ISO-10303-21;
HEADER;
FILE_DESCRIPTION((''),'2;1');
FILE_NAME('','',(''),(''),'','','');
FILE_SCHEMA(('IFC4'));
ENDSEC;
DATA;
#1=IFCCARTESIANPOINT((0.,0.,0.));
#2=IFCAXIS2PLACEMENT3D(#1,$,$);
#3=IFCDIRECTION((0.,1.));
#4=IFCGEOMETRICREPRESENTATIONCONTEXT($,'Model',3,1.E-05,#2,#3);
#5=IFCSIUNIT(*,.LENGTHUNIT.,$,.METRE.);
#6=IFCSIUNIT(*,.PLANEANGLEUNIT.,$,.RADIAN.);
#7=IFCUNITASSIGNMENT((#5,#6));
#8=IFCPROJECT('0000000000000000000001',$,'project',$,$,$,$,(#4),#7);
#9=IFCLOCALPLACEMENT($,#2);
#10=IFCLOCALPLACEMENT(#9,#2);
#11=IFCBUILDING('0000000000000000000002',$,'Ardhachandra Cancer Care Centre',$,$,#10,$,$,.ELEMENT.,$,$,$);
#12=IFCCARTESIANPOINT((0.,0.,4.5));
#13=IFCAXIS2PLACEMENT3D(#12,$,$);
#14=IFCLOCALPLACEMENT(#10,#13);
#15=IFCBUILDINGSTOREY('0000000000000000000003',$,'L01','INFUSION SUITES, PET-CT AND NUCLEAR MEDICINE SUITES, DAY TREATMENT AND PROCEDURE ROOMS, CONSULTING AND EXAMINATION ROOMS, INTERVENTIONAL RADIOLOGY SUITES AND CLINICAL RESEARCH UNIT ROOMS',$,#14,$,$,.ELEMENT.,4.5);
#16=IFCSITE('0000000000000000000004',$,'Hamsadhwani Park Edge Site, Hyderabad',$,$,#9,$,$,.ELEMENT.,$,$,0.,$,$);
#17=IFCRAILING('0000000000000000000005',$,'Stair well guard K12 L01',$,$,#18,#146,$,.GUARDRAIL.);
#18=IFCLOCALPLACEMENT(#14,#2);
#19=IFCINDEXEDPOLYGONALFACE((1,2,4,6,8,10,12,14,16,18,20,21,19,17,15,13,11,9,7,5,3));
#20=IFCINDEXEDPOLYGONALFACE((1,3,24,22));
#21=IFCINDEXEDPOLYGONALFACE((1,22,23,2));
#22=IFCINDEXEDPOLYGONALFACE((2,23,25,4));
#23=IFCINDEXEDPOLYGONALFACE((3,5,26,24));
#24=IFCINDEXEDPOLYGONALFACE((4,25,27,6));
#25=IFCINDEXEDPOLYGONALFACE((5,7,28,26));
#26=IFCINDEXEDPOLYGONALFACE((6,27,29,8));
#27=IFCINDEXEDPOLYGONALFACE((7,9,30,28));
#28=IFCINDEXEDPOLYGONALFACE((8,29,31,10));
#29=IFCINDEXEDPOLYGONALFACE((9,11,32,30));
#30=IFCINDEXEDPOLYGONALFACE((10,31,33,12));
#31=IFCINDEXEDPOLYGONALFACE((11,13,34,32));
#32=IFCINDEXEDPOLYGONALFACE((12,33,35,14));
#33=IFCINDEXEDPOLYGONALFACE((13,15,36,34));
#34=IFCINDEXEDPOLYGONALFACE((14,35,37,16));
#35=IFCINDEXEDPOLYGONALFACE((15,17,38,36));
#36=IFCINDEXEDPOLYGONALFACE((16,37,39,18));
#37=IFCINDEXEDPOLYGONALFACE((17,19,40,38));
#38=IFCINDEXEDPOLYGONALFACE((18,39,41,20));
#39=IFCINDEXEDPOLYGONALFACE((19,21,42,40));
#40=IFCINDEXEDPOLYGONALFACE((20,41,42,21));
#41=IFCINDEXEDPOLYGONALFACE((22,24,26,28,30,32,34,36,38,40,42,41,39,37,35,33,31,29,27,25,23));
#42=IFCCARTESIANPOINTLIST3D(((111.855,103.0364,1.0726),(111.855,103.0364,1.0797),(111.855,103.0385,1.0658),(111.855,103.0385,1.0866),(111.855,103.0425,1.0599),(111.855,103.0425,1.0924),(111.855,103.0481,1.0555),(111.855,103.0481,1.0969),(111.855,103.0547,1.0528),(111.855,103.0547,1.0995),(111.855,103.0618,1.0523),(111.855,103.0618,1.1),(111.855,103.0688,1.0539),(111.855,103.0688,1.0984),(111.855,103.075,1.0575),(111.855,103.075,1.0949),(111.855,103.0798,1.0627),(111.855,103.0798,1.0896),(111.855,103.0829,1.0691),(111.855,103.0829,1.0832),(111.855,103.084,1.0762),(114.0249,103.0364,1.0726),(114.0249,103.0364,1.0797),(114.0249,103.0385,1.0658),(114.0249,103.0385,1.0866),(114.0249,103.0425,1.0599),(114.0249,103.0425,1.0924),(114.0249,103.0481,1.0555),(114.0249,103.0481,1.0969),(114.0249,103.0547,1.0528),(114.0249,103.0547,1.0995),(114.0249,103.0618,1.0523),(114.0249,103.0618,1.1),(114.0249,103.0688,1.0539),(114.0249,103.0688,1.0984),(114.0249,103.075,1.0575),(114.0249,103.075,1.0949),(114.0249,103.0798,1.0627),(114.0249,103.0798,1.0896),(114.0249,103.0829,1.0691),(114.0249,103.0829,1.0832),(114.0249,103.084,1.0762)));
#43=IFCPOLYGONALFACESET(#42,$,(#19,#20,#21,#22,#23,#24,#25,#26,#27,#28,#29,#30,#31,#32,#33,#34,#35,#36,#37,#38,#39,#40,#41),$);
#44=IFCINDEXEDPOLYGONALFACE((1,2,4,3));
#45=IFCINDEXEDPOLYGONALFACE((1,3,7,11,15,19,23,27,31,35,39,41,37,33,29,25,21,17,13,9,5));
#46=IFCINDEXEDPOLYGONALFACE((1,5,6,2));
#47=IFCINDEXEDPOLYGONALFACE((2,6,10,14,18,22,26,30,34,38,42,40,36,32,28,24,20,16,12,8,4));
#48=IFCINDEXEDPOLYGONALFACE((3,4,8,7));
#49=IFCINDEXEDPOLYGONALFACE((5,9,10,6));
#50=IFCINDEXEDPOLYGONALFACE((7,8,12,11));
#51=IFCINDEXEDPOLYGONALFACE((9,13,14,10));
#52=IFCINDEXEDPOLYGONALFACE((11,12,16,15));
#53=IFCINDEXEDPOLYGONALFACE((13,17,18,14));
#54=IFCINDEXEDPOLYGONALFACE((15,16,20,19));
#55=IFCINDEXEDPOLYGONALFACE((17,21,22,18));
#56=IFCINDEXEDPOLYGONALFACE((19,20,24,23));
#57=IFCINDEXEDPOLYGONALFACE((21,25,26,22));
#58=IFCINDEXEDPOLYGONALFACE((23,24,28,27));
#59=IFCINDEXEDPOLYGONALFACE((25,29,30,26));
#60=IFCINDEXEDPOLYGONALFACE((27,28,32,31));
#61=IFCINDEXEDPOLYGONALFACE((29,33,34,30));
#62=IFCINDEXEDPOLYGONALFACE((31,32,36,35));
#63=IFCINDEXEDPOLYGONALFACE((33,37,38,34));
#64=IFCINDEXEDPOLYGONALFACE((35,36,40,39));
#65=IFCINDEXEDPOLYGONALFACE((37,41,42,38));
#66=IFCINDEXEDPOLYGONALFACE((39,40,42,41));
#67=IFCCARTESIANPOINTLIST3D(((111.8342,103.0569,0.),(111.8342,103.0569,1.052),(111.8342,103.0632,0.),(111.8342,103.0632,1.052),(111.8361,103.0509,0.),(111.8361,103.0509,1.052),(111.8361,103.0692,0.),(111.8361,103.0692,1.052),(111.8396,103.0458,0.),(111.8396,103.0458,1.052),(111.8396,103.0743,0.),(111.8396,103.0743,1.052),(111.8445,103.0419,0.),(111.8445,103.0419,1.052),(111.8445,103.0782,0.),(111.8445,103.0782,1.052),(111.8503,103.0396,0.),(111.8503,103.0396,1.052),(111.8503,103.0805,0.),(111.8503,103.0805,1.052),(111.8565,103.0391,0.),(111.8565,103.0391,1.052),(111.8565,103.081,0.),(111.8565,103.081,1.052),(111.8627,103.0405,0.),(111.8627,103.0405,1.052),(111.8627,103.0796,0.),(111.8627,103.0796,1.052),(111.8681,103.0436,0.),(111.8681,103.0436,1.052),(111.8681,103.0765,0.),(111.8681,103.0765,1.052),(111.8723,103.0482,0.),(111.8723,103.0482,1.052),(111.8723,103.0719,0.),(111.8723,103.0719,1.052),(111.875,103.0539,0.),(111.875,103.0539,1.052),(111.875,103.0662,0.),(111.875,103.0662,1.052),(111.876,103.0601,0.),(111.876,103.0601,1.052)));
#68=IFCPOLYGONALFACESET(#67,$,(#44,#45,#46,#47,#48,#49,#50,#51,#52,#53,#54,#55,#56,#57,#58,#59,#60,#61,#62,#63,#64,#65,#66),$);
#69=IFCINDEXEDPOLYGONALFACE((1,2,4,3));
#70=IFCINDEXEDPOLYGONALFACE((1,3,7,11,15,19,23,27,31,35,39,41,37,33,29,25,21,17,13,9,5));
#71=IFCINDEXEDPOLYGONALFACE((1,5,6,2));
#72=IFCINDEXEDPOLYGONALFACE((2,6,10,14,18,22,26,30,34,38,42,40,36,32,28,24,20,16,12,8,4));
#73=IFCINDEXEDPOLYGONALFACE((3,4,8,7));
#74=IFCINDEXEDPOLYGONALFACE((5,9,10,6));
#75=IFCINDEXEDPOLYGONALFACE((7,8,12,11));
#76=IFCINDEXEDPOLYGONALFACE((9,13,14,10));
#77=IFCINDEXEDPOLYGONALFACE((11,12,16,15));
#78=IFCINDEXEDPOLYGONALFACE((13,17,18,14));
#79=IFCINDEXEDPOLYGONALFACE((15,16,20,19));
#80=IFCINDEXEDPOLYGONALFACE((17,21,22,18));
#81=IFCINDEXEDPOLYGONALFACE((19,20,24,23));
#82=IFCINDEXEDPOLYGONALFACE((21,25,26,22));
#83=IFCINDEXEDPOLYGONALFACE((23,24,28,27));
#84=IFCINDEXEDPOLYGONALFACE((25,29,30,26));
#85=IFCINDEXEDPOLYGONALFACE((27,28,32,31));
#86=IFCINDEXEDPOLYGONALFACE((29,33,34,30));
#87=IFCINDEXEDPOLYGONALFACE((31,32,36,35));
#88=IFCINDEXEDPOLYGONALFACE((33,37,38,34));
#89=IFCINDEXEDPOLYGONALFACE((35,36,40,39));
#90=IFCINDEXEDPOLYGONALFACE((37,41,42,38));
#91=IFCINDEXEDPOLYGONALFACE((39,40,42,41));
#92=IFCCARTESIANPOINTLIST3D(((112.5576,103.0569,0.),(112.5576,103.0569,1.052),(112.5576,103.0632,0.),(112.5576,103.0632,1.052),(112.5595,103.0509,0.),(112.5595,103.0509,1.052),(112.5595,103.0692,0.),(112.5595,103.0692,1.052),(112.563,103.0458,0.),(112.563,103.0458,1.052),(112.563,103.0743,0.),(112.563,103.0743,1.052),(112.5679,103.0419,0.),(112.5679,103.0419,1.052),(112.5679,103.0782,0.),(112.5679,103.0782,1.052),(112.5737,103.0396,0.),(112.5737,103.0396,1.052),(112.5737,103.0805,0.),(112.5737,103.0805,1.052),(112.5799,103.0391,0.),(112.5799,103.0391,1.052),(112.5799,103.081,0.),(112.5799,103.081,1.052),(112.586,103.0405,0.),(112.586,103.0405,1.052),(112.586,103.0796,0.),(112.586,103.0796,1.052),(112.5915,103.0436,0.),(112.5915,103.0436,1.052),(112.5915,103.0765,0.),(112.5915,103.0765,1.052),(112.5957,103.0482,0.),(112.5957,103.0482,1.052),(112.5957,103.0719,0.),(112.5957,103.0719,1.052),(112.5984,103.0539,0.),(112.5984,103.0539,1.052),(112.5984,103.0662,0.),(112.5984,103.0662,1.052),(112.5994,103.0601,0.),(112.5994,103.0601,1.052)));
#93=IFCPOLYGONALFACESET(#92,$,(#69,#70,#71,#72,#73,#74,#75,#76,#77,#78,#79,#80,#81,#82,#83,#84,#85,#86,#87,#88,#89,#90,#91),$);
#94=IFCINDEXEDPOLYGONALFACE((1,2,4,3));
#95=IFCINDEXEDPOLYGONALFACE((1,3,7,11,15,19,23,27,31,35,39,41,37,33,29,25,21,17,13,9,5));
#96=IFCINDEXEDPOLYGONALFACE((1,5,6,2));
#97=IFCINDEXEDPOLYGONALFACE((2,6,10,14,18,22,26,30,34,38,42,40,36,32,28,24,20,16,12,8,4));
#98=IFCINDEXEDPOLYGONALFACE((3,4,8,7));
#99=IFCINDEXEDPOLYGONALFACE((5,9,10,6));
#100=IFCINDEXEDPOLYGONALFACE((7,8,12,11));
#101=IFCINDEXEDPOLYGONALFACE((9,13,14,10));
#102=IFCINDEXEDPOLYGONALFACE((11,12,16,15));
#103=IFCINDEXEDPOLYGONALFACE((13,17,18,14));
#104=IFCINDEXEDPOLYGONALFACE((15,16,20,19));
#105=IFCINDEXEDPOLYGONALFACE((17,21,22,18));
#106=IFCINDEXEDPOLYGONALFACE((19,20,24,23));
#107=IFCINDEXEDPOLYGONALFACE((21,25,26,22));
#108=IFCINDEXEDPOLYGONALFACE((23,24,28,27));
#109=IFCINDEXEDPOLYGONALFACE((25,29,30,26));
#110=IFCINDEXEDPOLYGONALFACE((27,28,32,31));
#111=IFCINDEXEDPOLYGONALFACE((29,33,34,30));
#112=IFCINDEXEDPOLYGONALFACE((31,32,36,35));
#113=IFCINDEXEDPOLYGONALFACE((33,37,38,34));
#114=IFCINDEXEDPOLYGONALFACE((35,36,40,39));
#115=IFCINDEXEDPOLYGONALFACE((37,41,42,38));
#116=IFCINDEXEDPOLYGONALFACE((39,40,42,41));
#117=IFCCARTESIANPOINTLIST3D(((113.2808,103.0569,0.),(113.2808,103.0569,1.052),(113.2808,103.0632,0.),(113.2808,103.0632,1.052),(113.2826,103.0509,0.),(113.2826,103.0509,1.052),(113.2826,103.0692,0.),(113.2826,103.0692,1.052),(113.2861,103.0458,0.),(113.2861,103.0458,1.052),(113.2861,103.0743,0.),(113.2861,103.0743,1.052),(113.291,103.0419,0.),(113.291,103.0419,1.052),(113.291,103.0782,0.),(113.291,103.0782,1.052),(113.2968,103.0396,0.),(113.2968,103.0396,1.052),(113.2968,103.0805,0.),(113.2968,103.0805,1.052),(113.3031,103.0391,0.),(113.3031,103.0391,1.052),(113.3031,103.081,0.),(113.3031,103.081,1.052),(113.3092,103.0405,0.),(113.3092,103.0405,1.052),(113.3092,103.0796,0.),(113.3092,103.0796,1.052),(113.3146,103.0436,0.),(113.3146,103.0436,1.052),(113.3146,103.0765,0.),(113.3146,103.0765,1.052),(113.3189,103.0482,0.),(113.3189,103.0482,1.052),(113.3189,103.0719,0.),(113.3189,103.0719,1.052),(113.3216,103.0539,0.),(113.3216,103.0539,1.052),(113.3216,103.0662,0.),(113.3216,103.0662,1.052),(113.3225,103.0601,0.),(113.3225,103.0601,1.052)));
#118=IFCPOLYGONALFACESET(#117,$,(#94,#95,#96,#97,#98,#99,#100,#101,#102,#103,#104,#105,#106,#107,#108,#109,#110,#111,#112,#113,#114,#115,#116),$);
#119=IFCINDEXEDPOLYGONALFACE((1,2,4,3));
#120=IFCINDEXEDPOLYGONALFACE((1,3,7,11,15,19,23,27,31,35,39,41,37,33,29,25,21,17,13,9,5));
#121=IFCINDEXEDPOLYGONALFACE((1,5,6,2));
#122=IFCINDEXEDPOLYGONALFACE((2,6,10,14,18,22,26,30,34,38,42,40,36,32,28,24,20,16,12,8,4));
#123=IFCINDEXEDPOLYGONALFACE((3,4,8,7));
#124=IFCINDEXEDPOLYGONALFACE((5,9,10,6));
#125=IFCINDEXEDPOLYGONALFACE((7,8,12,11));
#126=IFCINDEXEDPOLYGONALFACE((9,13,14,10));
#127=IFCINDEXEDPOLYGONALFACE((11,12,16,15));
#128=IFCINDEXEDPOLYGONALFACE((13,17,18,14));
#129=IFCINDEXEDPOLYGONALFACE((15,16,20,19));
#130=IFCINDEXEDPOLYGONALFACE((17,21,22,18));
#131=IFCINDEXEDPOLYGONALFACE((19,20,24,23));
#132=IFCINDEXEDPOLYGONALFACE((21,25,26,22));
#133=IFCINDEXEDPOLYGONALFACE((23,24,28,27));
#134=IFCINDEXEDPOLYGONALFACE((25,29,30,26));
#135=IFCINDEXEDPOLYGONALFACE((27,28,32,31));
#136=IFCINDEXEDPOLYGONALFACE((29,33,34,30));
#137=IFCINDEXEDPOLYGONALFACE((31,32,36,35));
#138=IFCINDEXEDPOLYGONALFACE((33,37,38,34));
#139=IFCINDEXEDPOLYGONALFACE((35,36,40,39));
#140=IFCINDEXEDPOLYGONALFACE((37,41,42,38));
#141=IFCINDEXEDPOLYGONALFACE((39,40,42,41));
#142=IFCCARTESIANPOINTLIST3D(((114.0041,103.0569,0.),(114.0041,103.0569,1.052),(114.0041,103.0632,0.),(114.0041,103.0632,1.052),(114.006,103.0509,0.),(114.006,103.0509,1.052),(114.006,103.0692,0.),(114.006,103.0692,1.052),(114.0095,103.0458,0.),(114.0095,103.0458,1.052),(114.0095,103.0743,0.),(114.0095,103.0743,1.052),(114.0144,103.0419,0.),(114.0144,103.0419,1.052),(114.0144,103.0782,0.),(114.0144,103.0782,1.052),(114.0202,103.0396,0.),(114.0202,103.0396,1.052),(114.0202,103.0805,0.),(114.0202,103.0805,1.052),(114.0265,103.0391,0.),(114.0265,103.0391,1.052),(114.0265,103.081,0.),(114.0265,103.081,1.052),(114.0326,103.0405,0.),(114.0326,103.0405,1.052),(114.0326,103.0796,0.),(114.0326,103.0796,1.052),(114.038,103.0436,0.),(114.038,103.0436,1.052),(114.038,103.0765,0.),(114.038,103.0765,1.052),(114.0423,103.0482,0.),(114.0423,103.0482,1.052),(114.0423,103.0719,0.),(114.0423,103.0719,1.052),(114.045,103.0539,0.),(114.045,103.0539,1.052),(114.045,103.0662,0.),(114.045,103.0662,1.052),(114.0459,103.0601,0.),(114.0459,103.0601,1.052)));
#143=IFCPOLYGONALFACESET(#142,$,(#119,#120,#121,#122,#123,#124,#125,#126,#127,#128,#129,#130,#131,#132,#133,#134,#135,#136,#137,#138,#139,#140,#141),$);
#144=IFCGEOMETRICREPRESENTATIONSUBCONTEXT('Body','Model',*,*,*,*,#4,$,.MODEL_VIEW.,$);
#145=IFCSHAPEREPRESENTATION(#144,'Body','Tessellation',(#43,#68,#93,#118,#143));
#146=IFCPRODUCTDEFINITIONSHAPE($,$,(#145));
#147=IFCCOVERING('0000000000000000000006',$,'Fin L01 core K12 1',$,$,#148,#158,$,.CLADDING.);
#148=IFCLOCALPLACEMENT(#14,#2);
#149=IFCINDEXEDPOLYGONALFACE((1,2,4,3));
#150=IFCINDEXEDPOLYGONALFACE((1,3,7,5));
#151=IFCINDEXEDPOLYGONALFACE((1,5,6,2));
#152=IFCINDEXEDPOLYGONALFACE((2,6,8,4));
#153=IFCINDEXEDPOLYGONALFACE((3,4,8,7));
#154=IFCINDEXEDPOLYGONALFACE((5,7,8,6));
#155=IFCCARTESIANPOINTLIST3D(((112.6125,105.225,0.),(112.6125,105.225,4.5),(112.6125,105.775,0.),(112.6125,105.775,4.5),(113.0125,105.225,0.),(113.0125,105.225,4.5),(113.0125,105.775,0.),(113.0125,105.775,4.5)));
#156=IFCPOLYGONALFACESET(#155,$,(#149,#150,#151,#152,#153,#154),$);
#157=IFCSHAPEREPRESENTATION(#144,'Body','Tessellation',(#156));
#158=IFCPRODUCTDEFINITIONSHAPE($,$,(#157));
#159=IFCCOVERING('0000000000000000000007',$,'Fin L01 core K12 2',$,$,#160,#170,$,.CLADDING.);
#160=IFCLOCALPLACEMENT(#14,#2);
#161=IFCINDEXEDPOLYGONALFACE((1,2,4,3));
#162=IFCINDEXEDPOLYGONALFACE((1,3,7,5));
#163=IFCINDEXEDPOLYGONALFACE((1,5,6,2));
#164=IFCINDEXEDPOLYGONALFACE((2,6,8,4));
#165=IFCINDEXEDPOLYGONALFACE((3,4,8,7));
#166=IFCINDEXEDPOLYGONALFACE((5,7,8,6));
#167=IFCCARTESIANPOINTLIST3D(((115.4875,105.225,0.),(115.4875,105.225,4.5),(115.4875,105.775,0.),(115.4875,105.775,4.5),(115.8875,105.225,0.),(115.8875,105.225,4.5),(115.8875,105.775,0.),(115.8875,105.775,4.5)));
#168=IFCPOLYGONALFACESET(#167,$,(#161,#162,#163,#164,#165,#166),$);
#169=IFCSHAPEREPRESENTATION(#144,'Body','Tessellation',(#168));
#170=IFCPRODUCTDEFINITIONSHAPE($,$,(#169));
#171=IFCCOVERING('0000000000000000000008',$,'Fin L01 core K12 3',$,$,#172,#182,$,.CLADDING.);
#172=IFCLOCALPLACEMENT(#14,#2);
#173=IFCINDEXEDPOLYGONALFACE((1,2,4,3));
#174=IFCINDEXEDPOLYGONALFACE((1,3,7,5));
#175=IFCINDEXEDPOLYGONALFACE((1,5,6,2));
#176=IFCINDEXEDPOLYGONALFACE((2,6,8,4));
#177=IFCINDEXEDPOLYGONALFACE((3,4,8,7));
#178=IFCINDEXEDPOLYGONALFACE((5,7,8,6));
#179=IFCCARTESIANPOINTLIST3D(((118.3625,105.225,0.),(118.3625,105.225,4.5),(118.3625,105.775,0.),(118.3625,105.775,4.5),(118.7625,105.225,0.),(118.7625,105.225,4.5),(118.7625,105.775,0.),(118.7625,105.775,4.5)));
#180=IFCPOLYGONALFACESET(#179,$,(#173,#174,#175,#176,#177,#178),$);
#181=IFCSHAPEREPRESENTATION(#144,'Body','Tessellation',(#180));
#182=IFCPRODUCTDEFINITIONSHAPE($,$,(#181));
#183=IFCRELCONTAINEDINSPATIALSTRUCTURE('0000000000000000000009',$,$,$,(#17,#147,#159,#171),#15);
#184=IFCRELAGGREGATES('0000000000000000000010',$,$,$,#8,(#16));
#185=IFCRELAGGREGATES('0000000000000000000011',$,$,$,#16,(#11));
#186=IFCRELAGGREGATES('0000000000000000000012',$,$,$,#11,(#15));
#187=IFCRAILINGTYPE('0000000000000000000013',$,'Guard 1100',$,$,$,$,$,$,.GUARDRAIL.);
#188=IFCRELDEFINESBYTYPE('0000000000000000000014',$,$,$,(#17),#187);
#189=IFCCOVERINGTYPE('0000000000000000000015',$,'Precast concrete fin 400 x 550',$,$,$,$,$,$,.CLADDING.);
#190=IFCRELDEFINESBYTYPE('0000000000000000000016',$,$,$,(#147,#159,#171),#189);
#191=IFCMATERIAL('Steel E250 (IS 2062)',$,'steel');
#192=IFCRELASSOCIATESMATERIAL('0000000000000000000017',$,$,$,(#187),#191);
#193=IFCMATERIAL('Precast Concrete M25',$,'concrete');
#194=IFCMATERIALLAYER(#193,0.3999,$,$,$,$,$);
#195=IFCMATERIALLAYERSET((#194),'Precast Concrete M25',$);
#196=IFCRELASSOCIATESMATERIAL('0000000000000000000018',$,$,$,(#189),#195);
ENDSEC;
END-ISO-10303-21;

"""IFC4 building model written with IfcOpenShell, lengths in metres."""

from ifc_helpers import new_model, si_unit, direction, frame, origin, origin_2d, place, context, subcontext, project, spatial, rectangle, circle, extrude, material, layer, layer_set, type_object, element, save


model = new_model("IFC4")

# Units and contexts
model_context = context("Model", 3, precision=1e-05, world=origin(), true_north=direction((0.0, 1.0)))
body_context = subcontext(model_context, "Body", "Model", "MODEL_VIEW")
ifc_project = project(units=[si_unit("LENGTHUNIT", "METRE"), si_unit("PLANEANGLEUNIT", "RADIAN")], contexts=[model_context])

# Site, building, storey
site_placement = place(None, origin())
site = spatial("IfcSite", under=ifc_project, at=site_placement, Name="Hamsadhwani Park Edge Site, Hyderabad", CompositionType="ELEMENT", RefElevation=0.0)
building_placement = place(site_placement, origin())
building = spatial("IfcBuilding", under=site, at=building_placement, Name="Ardhachandra Cancer Care Centre", CompositionType="ELEMENT")
storey_placement = place(building_placement, frame((0.0, 0.0, 4.5)))
storey = spatial("IfcBuildingStorey", under=building, at=storey_placement, Name="L01", Description="INFUSION SUITES, PET-CT AND NUCLEAR MEDICINE SUITES, DAY TREATMENT AND PROCEDURE ROOMS, CONSULTING AND EXAMINATION ROOMS, INTERVENTIONAL RADIOLOGY SUITES AND CLINICAL RESEARCH UNIT ROOMS", CompositionType="ELEMENT", Elevation=4.5)

# Railing
ifc_material_1 = material(Name="Steel E250 (IS 2062)", Category="steel")
railing_type_1 = type_object("IfcRailingType", Name="Guard 1100", PredefinedType="GUARDRAIL", material=ifc_material_1)
railing_1_placement = place(storey_placement, frame((111.855, 103.0601, 0.0)))
element("IfcRailing", 1, at=railing_1_placement, inside=storey, type_object=railing_type_1, Name="Stair well guard K12 L01", PredefinedType="GUARDRAIL", context=body_context, shape_type="SweptSolid", body=[
    extrude(circle(Radius=0.0239, at=origin_2d()), frame((0.0, 0.0, 1.0762), z_axis=(1.0, 0.0, 0.0), x_axis=(0.0, 1.0, 0.0)), (0.0, 0.0, 1.0), 2.1699),
    extrude(circle(Radius=0.021, at=origin_2d()), origin(), (0.0, 0.0, 1.0), 1.052),
    extrude(circle(Radius=0.021, at=origin_2d()), frame((0.7234, 0.0, 0.0)), (0.0, 0.0, 1.0), 1.052),
    extrude(circle(Radius=0.021, at=origin_2d()), frame((1.4465, 0.0, 0.0)), (0.0, 0.0, 1.0), 1.052),
    extrude(circle(Radius=0.021, at=origin_2d()), frame((2.1699, 0.0, 0.0)), (0.0, 0.0, 1.0), 1.052),
])

# Coverings
ifc_material_2 = material(Name="Precast Concrete M25", Category="concrete")
ifc_layer_1 = layer(ifc_material_2, 0.3999)
ifc_layer_set_1 = layer_set([ifc_layer_1], Name="Precast Concrete M25")
covering_type = type_object("IfcCoveringType", Name="Precast concrete fin 400 x 550", PredefinedType="CLADDING", material=ifc_layer_set_1)
for number, where, z_axis, x_axis, name in (
    (2, (112.8125, 105.5, 0.0), (0.0, 0.0, 1.0), (1.0, 0.0, 0.0), "Fin L01 core K12 1"),
    (3, (115.6875, 105.5, 0.0), (0.0, 0.0, 1.0), (1.0, 0.0, 0.0), "Fin L01 core K12 2"),
    (4, (118.5625, 105.5, 0.0), (0.0, 0.0, 1.0), (1.0, 0.0, 0.0), "Fin L01 core K12 3"),
):
    element("IfcCovering", number, at=place(storey_placement, frame(where, z_axis=z_axis, x_axis=x_axis)), inside=storey, type_object=covering_type, Name=name, PredefinedType="CLADDING", context=body_context, shape_type="SweptSolid", body=[
        extrude(rectangle(XDim=0.3999, YDim=0.55, at=origin_2d()), origin(), (0.0, 0.0, 1.0), 4.5),
    ])

save(model, "model.ifc")
